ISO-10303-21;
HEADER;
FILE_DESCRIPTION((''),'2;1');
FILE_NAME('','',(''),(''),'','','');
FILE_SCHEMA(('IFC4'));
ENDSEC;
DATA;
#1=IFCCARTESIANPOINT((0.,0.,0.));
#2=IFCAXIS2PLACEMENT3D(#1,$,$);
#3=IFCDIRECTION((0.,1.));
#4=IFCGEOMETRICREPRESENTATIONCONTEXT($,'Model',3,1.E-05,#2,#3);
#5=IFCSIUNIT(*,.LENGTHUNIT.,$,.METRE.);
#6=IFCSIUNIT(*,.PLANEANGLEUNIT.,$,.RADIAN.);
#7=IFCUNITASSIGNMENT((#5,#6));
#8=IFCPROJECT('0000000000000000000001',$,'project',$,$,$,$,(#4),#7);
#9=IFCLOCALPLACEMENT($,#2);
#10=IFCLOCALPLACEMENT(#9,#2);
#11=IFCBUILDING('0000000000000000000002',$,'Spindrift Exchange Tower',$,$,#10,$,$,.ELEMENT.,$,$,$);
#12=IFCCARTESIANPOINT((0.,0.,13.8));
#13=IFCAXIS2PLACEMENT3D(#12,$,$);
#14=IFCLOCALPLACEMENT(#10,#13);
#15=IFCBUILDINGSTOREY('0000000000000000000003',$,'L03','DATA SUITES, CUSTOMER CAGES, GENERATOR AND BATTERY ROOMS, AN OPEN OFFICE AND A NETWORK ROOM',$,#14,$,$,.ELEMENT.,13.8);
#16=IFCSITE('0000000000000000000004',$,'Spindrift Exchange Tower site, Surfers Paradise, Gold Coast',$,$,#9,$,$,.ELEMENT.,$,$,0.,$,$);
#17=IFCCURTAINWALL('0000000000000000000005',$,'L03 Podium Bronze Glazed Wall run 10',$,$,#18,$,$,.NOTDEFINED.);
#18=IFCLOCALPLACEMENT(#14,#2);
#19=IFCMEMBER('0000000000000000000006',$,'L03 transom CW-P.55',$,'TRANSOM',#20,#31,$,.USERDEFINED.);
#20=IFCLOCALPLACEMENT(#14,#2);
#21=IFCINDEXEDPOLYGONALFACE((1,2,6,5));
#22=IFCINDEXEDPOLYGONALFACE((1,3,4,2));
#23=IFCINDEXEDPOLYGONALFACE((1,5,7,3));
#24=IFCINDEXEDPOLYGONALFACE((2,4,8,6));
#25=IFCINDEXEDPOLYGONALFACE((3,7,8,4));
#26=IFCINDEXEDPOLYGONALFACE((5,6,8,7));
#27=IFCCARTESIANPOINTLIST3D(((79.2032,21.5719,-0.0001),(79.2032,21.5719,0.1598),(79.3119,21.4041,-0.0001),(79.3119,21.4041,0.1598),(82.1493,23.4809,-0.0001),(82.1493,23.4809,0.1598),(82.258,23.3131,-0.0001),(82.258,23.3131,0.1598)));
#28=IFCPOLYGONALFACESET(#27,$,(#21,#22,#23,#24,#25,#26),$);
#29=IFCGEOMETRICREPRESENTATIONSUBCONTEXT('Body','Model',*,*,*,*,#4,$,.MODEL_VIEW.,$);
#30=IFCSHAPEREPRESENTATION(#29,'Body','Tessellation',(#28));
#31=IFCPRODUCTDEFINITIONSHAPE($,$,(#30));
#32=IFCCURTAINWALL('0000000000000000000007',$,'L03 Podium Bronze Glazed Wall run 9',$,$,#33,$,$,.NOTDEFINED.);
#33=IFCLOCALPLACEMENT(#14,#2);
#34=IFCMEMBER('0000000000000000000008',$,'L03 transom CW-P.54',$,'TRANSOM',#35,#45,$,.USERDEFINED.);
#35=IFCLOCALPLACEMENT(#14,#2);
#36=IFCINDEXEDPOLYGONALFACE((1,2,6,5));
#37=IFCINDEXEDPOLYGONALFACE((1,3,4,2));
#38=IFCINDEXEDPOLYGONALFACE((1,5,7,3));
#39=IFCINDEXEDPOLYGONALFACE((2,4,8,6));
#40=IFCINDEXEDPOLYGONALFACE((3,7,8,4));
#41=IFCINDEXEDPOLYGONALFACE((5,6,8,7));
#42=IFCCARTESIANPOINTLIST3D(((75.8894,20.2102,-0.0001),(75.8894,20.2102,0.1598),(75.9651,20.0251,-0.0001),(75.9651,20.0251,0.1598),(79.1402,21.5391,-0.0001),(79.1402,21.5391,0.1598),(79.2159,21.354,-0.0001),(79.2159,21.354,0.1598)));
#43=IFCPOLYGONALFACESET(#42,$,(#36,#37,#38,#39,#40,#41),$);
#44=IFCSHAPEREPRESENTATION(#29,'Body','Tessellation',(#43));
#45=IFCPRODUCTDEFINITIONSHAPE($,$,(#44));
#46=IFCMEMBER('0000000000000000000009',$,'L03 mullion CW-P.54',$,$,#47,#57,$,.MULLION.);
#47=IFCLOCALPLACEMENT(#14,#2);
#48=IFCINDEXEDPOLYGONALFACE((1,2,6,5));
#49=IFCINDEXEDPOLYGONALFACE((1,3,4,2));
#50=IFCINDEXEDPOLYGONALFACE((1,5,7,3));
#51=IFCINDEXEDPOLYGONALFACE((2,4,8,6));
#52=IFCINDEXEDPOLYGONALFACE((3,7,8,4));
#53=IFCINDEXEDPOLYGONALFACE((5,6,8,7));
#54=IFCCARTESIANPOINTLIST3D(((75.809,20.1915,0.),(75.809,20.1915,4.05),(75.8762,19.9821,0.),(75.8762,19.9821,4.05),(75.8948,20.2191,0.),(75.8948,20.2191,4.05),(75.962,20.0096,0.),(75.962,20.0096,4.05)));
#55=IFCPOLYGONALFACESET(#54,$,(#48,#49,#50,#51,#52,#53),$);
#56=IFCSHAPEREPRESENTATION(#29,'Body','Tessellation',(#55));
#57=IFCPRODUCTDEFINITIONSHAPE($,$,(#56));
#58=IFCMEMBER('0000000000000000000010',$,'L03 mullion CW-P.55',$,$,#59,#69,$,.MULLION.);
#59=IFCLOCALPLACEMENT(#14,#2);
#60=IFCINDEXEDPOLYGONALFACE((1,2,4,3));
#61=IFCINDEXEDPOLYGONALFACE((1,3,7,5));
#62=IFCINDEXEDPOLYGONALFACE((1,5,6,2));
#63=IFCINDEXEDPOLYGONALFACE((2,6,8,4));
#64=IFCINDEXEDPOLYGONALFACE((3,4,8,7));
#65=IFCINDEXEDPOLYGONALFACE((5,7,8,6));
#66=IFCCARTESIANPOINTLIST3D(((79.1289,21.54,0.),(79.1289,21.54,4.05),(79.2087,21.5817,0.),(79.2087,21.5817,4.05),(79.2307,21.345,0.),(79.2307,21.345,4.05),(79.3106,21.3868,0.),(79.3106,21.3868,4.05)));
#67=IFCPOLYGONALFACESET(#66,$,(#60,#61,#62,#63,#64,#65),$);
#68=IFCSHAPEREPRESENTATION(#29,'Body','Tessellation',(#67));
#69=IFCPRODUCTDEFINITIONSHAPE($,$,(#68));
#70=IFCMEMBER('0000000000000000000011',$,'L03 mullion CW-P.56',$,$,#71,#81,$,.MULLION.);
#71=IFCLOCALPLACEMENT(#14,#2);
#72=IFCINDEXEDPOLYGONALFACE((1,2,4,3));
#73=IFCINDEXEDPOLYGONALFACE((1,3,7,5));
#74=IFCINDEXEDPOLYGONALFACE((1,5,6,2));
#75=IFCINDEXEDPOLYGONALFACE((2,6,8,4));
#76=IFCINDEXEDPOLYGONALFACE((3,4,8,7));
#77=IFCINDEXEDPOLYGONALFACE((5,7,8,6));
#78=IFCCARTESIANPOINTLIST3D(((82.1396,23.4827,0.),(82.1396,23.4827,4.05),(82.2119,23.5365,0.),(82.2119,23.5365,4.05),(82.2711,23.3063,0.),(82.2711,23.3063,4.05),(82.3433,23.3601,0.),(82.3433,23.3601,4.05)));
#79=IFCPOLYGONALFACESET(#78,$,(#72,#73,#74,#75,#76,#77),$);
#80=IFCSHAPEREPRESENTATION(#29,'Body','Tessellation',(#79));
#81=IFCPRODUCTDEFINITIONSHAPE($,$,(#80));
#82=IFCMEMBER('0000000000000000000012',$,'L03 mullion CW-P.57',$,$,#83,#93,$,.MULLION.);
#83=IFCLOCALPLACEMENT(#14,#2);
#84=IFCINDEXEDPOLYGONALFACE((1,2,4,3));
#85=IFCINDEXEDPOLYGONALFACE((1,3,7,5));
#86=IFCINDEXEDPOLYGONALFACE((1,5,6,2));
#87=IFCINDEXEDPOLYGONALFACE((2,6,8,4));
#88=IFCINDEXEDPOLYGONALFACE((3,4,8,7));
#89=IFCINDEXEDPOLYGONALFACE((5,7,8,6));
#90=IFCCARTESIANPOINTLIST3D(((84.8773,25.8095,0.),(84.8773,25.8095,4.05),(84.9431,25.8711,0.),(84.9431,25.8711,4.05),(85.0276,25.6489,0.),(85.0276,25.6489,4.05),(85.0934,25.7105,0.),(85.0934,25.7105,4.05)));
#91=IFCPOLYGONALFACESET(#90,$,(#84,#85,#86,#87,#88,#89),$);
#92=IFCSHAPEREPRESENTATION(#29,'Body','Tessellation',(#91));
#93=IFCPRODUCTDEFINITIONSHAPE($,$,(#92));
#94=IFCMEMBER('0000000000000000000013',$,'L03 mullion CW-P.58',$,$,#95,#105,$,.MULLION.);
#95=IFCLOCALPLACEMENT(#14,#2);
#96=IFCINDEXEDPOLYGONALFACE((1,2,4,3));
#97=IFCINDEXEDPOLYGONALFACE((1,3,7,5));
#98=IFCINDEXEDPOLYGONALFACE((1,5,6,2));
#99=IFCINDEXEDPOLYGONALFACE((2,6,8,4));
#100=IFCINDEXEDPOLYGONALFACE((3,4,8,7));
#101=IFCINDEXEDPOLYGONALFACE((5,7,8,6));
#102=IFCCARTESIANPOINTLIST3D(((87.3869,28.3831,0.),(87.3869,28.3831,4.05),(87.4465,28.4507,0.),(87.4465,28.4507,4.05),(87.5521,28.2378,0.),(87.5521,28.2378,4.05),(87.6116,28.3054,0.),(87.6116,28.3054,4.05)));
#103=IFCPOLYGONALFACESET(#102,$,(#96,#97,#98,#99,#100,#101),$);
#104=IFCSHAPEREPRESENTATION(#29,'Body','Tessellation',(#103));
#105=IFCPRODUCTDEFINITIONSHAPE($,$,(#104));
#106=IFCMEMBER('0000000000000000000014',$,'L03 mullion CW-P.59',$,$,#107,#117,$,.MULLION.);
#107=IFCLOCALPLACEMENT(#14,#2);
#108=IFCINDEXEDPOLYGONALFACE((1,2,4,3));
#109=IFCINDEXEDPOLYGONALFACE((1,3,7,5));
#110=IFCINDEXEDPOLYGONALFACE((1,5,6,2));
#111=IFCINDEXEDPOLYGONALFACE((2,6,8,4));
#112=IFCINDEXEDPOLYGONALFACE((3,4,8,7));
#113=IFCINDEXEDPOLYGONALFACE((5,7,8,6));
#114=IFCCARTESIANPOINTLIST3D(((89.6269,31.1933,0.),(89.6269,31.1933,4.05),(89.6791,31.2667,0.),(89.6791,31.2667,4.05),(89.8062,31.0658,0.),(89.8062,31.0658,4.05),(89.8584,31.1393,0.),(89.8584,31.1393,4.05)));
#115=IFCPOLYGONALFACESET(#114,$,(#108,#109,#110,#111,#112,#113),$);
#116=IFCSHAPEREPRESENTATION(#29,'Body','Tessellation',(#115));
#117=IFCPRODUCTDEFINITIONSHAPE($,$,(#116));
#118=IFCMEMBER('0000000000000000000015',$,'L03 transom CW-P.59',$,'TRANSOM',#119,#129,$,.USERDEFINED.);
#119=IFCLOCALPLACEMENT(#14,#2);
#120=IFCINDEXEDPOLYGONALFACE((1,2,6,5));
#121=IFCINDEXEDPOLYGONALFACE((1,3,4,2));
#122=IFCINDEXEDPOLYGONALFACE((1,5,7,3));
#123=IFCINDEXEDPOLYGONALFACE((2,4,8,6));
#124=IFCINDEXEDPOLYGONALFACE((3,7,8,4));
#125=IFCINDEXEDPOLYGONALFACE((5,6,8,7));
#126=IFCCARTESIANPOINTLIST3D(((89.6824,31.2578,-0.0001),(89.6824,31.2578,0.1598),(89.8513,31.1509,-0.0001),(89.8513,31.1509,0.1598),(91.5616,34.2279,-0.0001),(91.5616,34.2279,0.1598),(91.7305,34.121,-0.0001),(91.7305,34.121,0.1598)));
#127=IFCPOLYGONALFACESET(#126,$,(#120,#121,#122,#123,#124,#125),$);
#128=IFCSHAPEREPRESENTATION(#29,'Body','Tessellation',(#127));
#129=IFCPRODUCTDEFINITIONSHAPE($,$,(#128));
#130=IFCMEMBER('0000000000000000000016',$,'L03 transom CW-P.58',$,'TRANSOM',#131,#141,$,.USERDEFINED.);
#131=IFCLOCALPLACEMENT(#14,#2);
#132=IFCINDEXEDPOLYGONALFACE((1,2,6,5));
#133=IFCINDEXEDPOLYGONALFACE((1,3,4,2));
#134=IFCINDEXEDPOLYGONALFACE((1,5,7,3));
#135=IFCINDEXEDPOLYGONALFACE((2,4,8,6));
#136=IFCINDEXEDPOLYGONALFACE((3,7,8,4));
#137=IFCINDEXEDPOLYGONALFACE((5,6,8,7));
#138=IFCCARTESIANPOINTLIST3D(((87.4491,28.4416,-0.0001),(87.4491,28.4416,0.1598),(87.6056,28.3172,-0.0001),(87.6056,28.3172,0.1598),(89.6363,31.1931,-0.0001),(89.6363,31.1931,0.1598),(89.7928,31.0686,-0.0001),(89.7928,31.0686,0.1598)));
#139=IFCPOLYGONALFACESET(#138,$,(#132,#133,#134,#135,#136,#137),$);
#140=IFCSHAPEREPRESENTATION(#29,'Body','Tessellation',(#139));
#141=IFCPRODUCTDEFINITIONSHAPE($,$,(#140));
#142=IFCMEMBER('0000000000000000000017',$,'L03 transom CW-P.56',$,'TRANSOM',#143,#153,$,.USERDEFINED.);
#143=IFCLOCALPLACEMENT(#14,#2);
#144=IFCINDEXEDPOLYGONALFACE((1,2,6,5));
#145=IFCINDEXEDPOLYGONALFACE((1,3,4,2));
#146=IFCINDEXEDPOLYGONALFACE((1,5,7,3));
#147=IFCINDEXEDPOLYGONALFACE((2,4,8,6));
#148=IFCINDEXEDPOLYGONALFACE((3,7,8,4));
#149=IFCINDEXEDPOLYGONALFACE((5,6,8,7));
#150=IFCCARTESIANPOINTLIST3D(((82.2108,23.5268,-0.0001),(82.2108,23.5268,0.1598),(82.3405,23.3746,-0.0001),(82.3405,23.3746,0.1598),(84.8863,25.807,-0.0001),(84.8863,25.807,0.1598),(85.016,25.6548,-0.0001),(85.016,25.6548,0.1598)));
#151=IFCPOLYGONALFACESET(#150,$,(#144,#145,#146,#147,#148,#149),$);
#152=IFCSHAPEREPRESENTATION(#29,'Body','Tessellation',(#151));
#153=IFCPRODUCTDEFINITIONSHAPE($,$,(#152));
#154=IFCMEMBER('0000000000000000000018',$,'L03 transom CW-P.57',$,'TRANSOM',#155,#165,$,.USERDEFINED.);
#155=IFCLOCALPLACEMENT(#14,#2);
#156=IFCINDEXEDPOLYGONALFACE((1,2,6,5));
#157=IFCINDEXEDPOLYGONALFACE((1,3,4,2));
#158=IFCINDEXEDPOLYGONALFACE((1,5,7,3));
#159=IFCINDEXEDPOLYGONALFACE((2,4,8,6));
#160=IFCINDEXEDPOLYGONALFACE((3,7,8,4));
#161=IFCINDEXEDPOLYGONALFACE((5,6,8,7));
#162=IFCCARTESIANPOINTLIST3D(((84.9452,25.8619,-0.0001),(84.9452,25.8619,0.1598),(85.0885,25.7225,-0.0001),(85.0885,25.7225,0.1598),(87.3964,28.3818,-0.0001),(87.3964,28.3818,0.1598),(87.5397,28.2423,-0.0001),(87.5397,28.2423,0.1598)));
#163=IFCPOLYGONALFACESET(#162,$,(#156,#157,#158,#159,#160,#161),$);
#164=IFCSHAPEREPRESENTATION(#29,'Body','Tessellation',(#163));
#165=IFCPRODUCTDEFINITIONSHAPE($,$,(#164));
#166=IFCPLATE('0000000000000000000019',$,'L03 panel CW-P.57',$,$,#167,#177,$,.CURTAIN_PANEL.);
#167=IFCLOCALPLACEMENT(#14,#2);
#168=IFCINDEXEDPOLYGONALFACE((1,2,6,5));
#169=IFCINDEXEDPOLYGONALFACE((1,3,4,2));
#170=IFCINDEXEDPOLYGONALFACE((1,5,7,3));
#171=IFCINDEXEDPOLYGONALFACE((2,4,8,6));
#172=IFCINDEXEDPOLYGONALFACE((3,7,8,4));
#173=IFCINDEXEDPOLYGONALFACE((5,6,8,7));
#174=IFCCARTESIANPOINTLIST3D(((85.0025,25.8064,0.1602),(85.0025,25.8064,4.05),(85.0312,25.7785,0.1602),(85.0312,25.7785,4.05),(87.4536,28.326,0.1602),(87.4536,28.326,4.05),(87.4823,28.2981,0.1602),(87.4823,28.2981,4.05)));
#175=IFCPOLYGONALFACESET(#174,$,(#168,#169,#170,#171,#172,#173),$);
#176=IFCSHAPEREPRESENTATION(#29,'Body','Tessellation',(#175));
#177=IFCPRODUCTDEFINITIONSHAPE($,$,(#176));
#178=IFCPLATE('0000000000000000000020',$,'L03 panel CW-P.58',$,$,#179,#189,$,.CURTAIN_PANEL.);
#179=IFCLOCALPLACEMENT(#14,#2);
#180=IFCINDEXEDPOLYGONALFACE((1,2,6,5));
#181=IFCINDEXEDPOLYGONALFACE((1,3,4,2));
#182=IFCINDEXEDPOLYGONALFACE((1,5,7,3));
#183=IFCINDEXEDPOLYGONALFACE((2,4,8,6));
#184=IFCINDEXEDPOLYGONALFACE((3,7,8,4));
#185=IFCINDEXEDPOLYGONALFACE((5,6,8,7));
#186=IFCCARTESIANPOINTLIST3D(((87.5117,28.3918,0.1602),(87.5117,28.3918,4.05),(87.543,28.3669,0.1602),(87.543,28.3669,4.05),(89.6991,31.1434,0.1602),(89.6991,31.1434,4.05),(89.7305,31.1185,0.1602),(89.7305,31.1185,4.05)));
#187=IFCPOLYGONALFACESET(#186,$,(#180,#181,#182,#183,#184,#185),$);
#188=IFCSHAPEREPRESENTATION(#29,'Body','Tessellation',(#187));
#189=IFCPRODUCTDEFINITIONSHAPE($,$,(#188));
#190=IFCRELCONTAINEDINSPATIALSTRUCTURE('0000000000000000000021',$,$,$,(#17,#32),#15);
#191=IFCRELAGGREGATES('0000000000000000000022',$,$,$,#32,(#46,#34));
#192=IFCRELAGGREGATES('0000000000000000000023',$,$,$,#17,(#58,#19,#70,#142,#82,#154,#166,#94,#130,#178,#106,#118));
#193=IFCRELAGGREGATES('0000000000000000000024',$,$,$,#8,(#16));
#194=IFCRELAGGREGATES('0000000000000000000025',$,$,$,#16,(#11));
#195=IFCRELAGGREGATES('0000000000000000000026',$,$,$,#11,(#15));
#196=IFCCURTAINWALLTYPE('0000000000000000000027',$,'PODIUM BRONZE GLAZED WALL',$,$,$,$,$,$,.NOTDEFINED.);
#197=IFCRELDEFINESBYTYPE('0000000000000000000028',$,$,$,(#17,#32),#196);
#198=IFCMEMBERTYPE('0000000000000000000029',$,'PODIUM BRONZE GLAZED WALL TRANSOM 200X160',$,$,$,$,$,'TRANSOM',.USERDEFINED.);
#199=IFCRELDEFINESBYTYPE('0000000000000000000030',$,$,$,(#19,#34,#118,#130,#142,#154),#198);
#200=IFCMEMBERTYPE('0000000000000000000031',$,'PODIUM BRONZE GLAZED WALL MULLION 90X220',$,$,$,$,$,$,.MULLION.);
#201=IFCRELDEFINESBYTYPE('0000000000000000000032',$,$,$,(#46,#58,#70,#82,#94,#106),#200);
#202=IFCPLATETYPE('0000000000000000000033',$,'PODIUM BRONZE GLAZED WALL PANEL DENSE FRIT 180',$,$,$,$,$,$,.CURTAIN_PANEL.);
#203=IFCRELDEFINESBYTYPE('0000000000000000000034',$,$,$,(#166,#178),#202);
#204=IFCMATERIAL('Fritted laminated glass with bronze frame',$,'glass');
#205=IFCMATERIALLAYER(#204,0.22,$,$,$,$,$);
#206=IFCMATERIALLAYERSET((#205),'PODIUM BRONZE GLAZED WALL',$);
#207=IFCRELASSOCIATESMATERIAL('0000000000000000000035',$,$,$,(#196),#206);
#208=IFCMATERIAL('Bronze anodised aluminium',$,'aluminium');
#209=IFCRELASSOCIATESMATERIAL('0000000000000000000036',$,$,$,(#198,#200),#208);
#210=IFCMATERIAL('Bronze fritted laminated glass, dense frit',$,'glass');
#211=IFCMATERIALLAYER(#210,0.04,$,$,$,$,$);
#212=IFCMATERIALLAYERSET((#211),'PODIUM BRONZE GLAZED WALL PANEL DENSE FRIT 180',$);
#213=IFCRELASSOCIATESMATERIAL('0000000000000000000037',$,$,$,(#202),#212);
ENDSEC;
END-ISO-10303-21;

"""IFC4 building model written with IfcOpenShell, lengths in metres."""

from ifc_helpers import new_model, si_unit, direction, frame, origin, origin_2d, place, context, subcontext, project, spatial, rectangle, extrude, source, transform, mapped, material, layer, layer_set, material_profile, profile_set, type_object, element, aggregate, save


model = new_model("IFC4")

# Units and contexts
model_context = context("Model", 3, precision=1e-05, world=origin(), true_north=direction((0.0, 1.0)))
body_context = subcontext(model_context, "Body", "Model", "MODEL_VIEW")
ifc_project = project(units=[si_unit("LENGTHUNIT", "METRE"), si_unit("PLANEANGLEUNIT", "RADIAN")], contexts=[model_context])

# Site, building, storey
site_placement = place(None, origin())
site = spatial("IfcSite", under=ifc_project, at=site_placement, Name="Spindrift Exchange Tower site, Surfers Paradise, Gold Coast", CompositionType="ELEMENT", RefElevation=0.0)
building_placement = place(site_placement, origin())
building = spatial("IfcBuilding", under=site, at=building_placement, Name="Spindrift Exchange Tower", CompositionType="ELEMENT")
storey_placement = place(building_placement, frame((0.0, 0.0, 13.8)))
storey = spatial("IfcBuildingStorey", under=building, at=storey_placement, Name="L03", Description="DATA SUITES, CUSTOMER CAGES, GENERATOR AND BATTERY ROOMS, AN OPEN OFFICE AND A NETWORK ROOM", CompositionType="ELEMENT", Elevation=13.8)

# Curtain wall, member
ifc_material_1 = material(Name="Fritted laminated glass with bronze frame", Category="glass")
ifc_layer_1 = layer(ifc_material_1, 0.22)
ifc_layer_set_1 = layer_set([ifc_layer_1], Name="PODIUM BRONZE GLAZED WALL")
curtain_wall_type = type_object("IfcCurtainWallType", Name="PODIUM BRONZE GLAZED WALL", PredefinedType="NOTDEFINED", material=ifc_layer_set_1)
curtain_wall_1_placement = place(storey_placement, origin())
curtain_wall_1 = element("IfcCurtainWall", 1, at=curtain_wall_1_placement, inside=storey, type_object=curtain_wall_type, Name="L03 Podium Bronze Glazed Wall run 10", PredefinedType="NOTDEFINED")
ifc_material_2 = material(Name="Bronze anodised aluminium", Category="aluminium")
ifc_material_profile_1 = material_profile(ifc_material_2, rectangle(XDim=0.2, YDim=0.1599, at=origin_2d()), Name="PODIUM BRONZE GLAZED WALL TRANSOM 200X160")
ifc_profile_set_1 = profile_set([ifc_material_profile_1], Name="Bronze anodised aluminium")
member_type_1 = type_object("IfcMemberType", Name="PODIUM BRONZE GLAZED WALL TRANSOM 200X160", ElementType="TRANSOM", PredefinedType="USERDEFINED", material=ifc_profile_set_1)
shared_shape_1 = source(origin(), body_context, "Body", "SweptSolid", [
    extrude(rectangle(XDim=0.2, YDim=0.1599, at=origin_2d()), origin(), (0.0, 0.0, 1.0), 3.5105),
])
member_1_placement = place(storey_placement, frame((79.2576, 21.488, 0.0798), z_axis=(0.839223, 0.543788, 0.0), x_axis=(-0.543788, 0.839223, 0.0)))
member_1 = element("IfcMember", 2, at=member_1_placement, type_object=member_type_1, Name="L03 transom CW-P.55", ObjectType="TRANSOM", PredefinedType="USERDEFINED", context=body_context, shape_type="MappedRepresentation", body=[
    mapped(shared_shape_1, transform((0.0, 0.0, 0.0), scale=1.0)),
])

# Curtain wall, members
curtain_wall_2_placement = place(storey_placement, origin())
curtain_wall_2 = element("IfcCurtainWall", 3, at=curtain_wall_2_placement, inside=storey, type_object=curtain_wall_type, Name="L03 Podium Bronze Glazed Wall run 9", PredefinedType="NOTDEFINED")
shared_shape_2 = source(origin(), body_context, "Body", "SweptSolid", [
    extrude(rectangle(XDim=0.2, YDim=0.1599, at=origin_2d()), origin(), (0.0, 0.0, 1.0), 3.512),
])
member_2_placement = place(storey_placement, frame((75.9272, 20.1177, 0.0798), z_axis=(0.925645, 0.378392, 0.0), x_axis=(-0.378392, 0.925645, 0.0)))
member_2 = element("IfcMember", 4, at=member_2_placement, type_object=member_type_1, Name="L03 transom CW-P.54", ObjectType="TRANSOM", PredefinedType="USERDEFINED", context=body_context, shape_type="MappedRepresentation", body=[
    mapped(shared_shape_2, transform((0.0, 0.0, 0.0), scale=1.0)),
])
ifc_material_profile_2 = material_profile(ifc_material_2, rectangle(XDim=0.0901, YDim=0.22, at=origin_2d()), Name="PODIUM BRONZE GLAZED WALL MULLION 90X220")
ifc_profile_set_2 = profile_set([ifc_material_profile_2], Name="Bronze anodised aluminium")
member_type_2 = type_object("IfcMemberType", Name="PODIUM BRONZE GLAZED WALL MULLION 90X220", PredefinedType="MULLION", material=ifc_profile_set_2)
shared_shape_3 = source(origin(), body_context, "Body", "SweptSolid", [
    extrude(rectangle(XDim=0.0901, YDim=0.22, at=origin_2d()), origin(), (0.0, 0.0, 1.0), 4.05),
])
member_3_placement = place(storey_placement, frame((75.8855, 20.1006, 0.0), z_axis=(0.0, 0.0, 1.0), x_axis=(0.952148, 0.305638, 0.0)))
member_3 = element("IfcMember", 5, at=member_3_placement, type_object=member_type_2, Name="L03 mullion CW-P.54", PredefinedType="MULLION", context=body_context, shape_type="MappedRepresentation", body=[
    mapped(shared_shape_3, transform((0.0, 0.0, 0.0), scale=1.0)),
])

# Members
member_4_placement = place(storey_placement, frame((79.2197, 21.4634, 0.0), z_axis=(0.0, 0.0, 1.0), x_axis=(0.886307, 0.463099, 0.0)))
member_4 = element("IfcMember", 6, at=member_4_placement, type_object=member_type_2, Name="L03 mullion CW-P.55", PredefinedType="MULLION", context=body_context, shape_type="MappedRepresentation", body=[
    mapped(shared_shape_3, transform((0.0, 0.0, 0.0), scale=1.0)),
])
member_5_placement = place(storey_placement, frame((82.2415, 23.4214, 0.0), z_axis=(0.0, 0.0, 1.0), x_axis=(0.801869, 0.597499, 0.0)))
member_5 = element("IfcMember", 7, at=member_5_placement, type_object=member_type_2, Name="L03 mullion CW-P.56", PredefinedType="MULLION", context=body_context, shape_type="MappedRepresentation", body=[
    mapped(shared_shape_3, transform((0.0, 0.0, 0.0), scale=1.0)),
])
member_6_placement = place(storey_placement, frame((84.9854, 25.76, 0.0), z_axis=(0.0, 0.0, 1.0), x_axis=(0.729992, 0.683456, 0.0)))
member_6 = element("IfcMember", 8, at=member_6_placement, type_object=member_type_2, Name="L03 mullion CW-P.57", PredefinedType="MULLION", context=body_context, shape_type="MappedRepresentation", body=[
    mapped(shared_shape_3, transform((0.0, 0.0, 0.0), scale=1.0)),
])
member_7_placement = place(storey_placement, frame((87.4993, 28.3442, 0.0), z_axis=(0.0, 0.0, 1.0), x_axis=(0.660622, 0.750719, 0.0)))
member_7 = element("IfcMember", 9, at=member_7_placement, type_object=member_type_2, Name="L03 mullion CW-P.58", PredefinedType="MULLION", context=body_context, shape_type="MappedRepresentation", body=[
    mapped(shared_shape_3, transform((0.0, 0.0, 0.0), scale=1.0)),
])
member_8_placement = place(storey_placement, frame((89.7427, 31.1663, 0.0), z_axis=(0.0, 0.0, 1.0), x_axis=(0.579315, 0.815104, 0.0)))
member_8 = element("IfcMember", 10, at=member_8_placement, type_object=member_type_2, Name="L03 mullion CW-P.59", PredefinedType="MULLION", context=body_context, shape_type="MappedRepresentation", body=[
    mapped(shared_shape_3, transform((0.0, 0.0, 0.0), scale=1.0)),
])
shared_shape_4 = source(origin(), body_context, "Body", "SweptSolid", [
    extrude(rectangle(XDim=0.2, YDim=0.1599, at=origin_2d()), origin(), (0.0, 0.0, 1.0), 3.5146),
])
member_9_placement = place(storey_placement, frame((89.7668, 31.2043, 0.0798), z_axis=(0.53468, 0.845054, 0.0), x_axis=(-0.845054, 0.53468, 0.0)))
member_9 = element("IfcMember", 11, at=member_9_placement, type_object=member_type_1, Name="L03 transom CW-P.59", ObjectType="TRANSOM", PredefinedType="USERDEFINED", context=body_context, shape_type="MappedRepresentation", body=[
    mapped(shared_shape_4, transform((0.0, 0.0, 0.0), scale=1.0)),
])
shared_shape_5 = source(origin(), body_context, "Body", "SweptSolid", [
    extrude(rectangle(XDim=0.2, YDim=0.1599, at=origin_2d()), origin(), (0.0, 0.0, 1.0), 3.5149),
])
member_10_placement = place(storey_placement, frame((87.5273, 28.3794, 0.0798), z_axis=(0.622278, 0.782796, 0.0), x_axis=(-0.782796, 0.622278, 0.0)))
member_10 = element("IfcMember", 12, at=member_10_placement, type_object=member_type_1, Name="L03 transom CW-P.58", ObjectType="TRANSOM", PredefinedType="USERDEFINED", context=body_context, shape_type="MappedRepresentation", body=[
    mapped(shared_shape_5, transform((0.0, 0.0, 0.0), scale=1.0)),
])
shared_shape_6 = source(origin(), body_context, "Body", "SweptSolid", [
    extrude(rectangle(XDim=0.2, YDim=0.1599, at=origin_2d()), origin(), (0.0, 0.0, 1.0), 3.5154),
])
member_11_placement = place(storey_placement, frame((82.2756, 23.4507, 0.0798), z_axis=(0.761087, 0.64865, 0.0), x_axis=(-0.64865, 0.761087, 0.0)))
member_11 = element("IfcMember", 13, at=member_11_placement, type_object=member_type_1, Name="L03 transom CW-P.56", ObjectType="TRANSOM", PredefinedType="USERDEFINED", context=body_context, shape_type="MappedRepresentation", body=[
    mapped(shared_shape_6, transform((0.0, 0.0, 0.0), scale=1.0)),
])
member_12_placement = place(storey_placement, frame((85.0168, 25.7922, 0.0798), z_axis=(0.697282, 0.716797, 0.0), x_axis=(-0.716797, 0.697282, 0.0)))
member_12 = element("IfcMember", 14, at=member_12_placement, type_object=member_type_1, Name="L03 transom CW-P.57", ObjectType="TRANSOM", PredefinedType="USERDEFINED", context=body_context, shape_type="MappedRepresentation", body=[
    mapped(shared_shape_6, transform((0.0, 0.0, 0.0), scale=1.0)),
])

# Plates
ifc_material_3 = material(Name="Bronze fritted laminated glass, dense frit", Category="glass")
ifc_layer_2 = layer(ifc_material_3, 0.04)
ifc_layer_set_2 = layer_set([ifc_layer_2], Name="PODIUM BRONZE GLAZED WALL PANEL DENSE FRIT 180")
plate_type_1 = type_object("IfcPlateType", Name="PODIUM BRONZE GLAZED WALL PANEL DENSE FRIT 180", PredefinedType="CURTAIN_PANEL", material=ifc_layer_set_2)
shared_shape_7 = source(origin(), body_context, "Body", "SweptSolid", [
    extrude(rectangle(XDim=3.5151, YDim=0.04, at=origin_2d()), origin(), (0.0, 0.0, 1.0), 3.8899),
])
plate_1_placement = place(storey_placement, frame((86.2424, 27.0522, 0.1602), z_axis=(0.0, 0.0, 1.0), x_axis=(0.697304, 0.716776, 0.0)))
plate_1 = element("IfcPlate", 15, at=plate_1_placement, type_object=plate_type_1, Name="L03 panel CW-P.57", PredefinedType="CURTAIN_PANEL", context=body_context, shape_type="MappedRepresentation", body=[
    mapped(shared_shape_7, transform((0.0, 0.0, 0.0), scale=1.0)),
])
plate_2_placement = place(storey_placement, frame((88.6211, 29.7551, 0.1602), z_axis=(0.0, 0.0, 1.0), x_axis=(0.622291, 0.782786, 0.0)))
plate_2 = element("IfcPlate", 16, at=plate_2_placement, type_object=plate_type_1, Name="L03 panel CW-P.58", PredefinedType="CURTAIN_PANEL", context=body_context, shape_type="MappedRepresentation", body=[
    mapped(shared_shape_7, transform((0.0, 0.0, 0.0), scale=1.0)),
])
aggregate(curtain_wall_2, [member_3, member_2])
aggregate(curtain_wall_1, [member_4, member_1, member_5, member_11, member_6, member_12, plate_1, member_7, member_10, plate_2, member_8, member_9])

save(model, "model.ifc")
